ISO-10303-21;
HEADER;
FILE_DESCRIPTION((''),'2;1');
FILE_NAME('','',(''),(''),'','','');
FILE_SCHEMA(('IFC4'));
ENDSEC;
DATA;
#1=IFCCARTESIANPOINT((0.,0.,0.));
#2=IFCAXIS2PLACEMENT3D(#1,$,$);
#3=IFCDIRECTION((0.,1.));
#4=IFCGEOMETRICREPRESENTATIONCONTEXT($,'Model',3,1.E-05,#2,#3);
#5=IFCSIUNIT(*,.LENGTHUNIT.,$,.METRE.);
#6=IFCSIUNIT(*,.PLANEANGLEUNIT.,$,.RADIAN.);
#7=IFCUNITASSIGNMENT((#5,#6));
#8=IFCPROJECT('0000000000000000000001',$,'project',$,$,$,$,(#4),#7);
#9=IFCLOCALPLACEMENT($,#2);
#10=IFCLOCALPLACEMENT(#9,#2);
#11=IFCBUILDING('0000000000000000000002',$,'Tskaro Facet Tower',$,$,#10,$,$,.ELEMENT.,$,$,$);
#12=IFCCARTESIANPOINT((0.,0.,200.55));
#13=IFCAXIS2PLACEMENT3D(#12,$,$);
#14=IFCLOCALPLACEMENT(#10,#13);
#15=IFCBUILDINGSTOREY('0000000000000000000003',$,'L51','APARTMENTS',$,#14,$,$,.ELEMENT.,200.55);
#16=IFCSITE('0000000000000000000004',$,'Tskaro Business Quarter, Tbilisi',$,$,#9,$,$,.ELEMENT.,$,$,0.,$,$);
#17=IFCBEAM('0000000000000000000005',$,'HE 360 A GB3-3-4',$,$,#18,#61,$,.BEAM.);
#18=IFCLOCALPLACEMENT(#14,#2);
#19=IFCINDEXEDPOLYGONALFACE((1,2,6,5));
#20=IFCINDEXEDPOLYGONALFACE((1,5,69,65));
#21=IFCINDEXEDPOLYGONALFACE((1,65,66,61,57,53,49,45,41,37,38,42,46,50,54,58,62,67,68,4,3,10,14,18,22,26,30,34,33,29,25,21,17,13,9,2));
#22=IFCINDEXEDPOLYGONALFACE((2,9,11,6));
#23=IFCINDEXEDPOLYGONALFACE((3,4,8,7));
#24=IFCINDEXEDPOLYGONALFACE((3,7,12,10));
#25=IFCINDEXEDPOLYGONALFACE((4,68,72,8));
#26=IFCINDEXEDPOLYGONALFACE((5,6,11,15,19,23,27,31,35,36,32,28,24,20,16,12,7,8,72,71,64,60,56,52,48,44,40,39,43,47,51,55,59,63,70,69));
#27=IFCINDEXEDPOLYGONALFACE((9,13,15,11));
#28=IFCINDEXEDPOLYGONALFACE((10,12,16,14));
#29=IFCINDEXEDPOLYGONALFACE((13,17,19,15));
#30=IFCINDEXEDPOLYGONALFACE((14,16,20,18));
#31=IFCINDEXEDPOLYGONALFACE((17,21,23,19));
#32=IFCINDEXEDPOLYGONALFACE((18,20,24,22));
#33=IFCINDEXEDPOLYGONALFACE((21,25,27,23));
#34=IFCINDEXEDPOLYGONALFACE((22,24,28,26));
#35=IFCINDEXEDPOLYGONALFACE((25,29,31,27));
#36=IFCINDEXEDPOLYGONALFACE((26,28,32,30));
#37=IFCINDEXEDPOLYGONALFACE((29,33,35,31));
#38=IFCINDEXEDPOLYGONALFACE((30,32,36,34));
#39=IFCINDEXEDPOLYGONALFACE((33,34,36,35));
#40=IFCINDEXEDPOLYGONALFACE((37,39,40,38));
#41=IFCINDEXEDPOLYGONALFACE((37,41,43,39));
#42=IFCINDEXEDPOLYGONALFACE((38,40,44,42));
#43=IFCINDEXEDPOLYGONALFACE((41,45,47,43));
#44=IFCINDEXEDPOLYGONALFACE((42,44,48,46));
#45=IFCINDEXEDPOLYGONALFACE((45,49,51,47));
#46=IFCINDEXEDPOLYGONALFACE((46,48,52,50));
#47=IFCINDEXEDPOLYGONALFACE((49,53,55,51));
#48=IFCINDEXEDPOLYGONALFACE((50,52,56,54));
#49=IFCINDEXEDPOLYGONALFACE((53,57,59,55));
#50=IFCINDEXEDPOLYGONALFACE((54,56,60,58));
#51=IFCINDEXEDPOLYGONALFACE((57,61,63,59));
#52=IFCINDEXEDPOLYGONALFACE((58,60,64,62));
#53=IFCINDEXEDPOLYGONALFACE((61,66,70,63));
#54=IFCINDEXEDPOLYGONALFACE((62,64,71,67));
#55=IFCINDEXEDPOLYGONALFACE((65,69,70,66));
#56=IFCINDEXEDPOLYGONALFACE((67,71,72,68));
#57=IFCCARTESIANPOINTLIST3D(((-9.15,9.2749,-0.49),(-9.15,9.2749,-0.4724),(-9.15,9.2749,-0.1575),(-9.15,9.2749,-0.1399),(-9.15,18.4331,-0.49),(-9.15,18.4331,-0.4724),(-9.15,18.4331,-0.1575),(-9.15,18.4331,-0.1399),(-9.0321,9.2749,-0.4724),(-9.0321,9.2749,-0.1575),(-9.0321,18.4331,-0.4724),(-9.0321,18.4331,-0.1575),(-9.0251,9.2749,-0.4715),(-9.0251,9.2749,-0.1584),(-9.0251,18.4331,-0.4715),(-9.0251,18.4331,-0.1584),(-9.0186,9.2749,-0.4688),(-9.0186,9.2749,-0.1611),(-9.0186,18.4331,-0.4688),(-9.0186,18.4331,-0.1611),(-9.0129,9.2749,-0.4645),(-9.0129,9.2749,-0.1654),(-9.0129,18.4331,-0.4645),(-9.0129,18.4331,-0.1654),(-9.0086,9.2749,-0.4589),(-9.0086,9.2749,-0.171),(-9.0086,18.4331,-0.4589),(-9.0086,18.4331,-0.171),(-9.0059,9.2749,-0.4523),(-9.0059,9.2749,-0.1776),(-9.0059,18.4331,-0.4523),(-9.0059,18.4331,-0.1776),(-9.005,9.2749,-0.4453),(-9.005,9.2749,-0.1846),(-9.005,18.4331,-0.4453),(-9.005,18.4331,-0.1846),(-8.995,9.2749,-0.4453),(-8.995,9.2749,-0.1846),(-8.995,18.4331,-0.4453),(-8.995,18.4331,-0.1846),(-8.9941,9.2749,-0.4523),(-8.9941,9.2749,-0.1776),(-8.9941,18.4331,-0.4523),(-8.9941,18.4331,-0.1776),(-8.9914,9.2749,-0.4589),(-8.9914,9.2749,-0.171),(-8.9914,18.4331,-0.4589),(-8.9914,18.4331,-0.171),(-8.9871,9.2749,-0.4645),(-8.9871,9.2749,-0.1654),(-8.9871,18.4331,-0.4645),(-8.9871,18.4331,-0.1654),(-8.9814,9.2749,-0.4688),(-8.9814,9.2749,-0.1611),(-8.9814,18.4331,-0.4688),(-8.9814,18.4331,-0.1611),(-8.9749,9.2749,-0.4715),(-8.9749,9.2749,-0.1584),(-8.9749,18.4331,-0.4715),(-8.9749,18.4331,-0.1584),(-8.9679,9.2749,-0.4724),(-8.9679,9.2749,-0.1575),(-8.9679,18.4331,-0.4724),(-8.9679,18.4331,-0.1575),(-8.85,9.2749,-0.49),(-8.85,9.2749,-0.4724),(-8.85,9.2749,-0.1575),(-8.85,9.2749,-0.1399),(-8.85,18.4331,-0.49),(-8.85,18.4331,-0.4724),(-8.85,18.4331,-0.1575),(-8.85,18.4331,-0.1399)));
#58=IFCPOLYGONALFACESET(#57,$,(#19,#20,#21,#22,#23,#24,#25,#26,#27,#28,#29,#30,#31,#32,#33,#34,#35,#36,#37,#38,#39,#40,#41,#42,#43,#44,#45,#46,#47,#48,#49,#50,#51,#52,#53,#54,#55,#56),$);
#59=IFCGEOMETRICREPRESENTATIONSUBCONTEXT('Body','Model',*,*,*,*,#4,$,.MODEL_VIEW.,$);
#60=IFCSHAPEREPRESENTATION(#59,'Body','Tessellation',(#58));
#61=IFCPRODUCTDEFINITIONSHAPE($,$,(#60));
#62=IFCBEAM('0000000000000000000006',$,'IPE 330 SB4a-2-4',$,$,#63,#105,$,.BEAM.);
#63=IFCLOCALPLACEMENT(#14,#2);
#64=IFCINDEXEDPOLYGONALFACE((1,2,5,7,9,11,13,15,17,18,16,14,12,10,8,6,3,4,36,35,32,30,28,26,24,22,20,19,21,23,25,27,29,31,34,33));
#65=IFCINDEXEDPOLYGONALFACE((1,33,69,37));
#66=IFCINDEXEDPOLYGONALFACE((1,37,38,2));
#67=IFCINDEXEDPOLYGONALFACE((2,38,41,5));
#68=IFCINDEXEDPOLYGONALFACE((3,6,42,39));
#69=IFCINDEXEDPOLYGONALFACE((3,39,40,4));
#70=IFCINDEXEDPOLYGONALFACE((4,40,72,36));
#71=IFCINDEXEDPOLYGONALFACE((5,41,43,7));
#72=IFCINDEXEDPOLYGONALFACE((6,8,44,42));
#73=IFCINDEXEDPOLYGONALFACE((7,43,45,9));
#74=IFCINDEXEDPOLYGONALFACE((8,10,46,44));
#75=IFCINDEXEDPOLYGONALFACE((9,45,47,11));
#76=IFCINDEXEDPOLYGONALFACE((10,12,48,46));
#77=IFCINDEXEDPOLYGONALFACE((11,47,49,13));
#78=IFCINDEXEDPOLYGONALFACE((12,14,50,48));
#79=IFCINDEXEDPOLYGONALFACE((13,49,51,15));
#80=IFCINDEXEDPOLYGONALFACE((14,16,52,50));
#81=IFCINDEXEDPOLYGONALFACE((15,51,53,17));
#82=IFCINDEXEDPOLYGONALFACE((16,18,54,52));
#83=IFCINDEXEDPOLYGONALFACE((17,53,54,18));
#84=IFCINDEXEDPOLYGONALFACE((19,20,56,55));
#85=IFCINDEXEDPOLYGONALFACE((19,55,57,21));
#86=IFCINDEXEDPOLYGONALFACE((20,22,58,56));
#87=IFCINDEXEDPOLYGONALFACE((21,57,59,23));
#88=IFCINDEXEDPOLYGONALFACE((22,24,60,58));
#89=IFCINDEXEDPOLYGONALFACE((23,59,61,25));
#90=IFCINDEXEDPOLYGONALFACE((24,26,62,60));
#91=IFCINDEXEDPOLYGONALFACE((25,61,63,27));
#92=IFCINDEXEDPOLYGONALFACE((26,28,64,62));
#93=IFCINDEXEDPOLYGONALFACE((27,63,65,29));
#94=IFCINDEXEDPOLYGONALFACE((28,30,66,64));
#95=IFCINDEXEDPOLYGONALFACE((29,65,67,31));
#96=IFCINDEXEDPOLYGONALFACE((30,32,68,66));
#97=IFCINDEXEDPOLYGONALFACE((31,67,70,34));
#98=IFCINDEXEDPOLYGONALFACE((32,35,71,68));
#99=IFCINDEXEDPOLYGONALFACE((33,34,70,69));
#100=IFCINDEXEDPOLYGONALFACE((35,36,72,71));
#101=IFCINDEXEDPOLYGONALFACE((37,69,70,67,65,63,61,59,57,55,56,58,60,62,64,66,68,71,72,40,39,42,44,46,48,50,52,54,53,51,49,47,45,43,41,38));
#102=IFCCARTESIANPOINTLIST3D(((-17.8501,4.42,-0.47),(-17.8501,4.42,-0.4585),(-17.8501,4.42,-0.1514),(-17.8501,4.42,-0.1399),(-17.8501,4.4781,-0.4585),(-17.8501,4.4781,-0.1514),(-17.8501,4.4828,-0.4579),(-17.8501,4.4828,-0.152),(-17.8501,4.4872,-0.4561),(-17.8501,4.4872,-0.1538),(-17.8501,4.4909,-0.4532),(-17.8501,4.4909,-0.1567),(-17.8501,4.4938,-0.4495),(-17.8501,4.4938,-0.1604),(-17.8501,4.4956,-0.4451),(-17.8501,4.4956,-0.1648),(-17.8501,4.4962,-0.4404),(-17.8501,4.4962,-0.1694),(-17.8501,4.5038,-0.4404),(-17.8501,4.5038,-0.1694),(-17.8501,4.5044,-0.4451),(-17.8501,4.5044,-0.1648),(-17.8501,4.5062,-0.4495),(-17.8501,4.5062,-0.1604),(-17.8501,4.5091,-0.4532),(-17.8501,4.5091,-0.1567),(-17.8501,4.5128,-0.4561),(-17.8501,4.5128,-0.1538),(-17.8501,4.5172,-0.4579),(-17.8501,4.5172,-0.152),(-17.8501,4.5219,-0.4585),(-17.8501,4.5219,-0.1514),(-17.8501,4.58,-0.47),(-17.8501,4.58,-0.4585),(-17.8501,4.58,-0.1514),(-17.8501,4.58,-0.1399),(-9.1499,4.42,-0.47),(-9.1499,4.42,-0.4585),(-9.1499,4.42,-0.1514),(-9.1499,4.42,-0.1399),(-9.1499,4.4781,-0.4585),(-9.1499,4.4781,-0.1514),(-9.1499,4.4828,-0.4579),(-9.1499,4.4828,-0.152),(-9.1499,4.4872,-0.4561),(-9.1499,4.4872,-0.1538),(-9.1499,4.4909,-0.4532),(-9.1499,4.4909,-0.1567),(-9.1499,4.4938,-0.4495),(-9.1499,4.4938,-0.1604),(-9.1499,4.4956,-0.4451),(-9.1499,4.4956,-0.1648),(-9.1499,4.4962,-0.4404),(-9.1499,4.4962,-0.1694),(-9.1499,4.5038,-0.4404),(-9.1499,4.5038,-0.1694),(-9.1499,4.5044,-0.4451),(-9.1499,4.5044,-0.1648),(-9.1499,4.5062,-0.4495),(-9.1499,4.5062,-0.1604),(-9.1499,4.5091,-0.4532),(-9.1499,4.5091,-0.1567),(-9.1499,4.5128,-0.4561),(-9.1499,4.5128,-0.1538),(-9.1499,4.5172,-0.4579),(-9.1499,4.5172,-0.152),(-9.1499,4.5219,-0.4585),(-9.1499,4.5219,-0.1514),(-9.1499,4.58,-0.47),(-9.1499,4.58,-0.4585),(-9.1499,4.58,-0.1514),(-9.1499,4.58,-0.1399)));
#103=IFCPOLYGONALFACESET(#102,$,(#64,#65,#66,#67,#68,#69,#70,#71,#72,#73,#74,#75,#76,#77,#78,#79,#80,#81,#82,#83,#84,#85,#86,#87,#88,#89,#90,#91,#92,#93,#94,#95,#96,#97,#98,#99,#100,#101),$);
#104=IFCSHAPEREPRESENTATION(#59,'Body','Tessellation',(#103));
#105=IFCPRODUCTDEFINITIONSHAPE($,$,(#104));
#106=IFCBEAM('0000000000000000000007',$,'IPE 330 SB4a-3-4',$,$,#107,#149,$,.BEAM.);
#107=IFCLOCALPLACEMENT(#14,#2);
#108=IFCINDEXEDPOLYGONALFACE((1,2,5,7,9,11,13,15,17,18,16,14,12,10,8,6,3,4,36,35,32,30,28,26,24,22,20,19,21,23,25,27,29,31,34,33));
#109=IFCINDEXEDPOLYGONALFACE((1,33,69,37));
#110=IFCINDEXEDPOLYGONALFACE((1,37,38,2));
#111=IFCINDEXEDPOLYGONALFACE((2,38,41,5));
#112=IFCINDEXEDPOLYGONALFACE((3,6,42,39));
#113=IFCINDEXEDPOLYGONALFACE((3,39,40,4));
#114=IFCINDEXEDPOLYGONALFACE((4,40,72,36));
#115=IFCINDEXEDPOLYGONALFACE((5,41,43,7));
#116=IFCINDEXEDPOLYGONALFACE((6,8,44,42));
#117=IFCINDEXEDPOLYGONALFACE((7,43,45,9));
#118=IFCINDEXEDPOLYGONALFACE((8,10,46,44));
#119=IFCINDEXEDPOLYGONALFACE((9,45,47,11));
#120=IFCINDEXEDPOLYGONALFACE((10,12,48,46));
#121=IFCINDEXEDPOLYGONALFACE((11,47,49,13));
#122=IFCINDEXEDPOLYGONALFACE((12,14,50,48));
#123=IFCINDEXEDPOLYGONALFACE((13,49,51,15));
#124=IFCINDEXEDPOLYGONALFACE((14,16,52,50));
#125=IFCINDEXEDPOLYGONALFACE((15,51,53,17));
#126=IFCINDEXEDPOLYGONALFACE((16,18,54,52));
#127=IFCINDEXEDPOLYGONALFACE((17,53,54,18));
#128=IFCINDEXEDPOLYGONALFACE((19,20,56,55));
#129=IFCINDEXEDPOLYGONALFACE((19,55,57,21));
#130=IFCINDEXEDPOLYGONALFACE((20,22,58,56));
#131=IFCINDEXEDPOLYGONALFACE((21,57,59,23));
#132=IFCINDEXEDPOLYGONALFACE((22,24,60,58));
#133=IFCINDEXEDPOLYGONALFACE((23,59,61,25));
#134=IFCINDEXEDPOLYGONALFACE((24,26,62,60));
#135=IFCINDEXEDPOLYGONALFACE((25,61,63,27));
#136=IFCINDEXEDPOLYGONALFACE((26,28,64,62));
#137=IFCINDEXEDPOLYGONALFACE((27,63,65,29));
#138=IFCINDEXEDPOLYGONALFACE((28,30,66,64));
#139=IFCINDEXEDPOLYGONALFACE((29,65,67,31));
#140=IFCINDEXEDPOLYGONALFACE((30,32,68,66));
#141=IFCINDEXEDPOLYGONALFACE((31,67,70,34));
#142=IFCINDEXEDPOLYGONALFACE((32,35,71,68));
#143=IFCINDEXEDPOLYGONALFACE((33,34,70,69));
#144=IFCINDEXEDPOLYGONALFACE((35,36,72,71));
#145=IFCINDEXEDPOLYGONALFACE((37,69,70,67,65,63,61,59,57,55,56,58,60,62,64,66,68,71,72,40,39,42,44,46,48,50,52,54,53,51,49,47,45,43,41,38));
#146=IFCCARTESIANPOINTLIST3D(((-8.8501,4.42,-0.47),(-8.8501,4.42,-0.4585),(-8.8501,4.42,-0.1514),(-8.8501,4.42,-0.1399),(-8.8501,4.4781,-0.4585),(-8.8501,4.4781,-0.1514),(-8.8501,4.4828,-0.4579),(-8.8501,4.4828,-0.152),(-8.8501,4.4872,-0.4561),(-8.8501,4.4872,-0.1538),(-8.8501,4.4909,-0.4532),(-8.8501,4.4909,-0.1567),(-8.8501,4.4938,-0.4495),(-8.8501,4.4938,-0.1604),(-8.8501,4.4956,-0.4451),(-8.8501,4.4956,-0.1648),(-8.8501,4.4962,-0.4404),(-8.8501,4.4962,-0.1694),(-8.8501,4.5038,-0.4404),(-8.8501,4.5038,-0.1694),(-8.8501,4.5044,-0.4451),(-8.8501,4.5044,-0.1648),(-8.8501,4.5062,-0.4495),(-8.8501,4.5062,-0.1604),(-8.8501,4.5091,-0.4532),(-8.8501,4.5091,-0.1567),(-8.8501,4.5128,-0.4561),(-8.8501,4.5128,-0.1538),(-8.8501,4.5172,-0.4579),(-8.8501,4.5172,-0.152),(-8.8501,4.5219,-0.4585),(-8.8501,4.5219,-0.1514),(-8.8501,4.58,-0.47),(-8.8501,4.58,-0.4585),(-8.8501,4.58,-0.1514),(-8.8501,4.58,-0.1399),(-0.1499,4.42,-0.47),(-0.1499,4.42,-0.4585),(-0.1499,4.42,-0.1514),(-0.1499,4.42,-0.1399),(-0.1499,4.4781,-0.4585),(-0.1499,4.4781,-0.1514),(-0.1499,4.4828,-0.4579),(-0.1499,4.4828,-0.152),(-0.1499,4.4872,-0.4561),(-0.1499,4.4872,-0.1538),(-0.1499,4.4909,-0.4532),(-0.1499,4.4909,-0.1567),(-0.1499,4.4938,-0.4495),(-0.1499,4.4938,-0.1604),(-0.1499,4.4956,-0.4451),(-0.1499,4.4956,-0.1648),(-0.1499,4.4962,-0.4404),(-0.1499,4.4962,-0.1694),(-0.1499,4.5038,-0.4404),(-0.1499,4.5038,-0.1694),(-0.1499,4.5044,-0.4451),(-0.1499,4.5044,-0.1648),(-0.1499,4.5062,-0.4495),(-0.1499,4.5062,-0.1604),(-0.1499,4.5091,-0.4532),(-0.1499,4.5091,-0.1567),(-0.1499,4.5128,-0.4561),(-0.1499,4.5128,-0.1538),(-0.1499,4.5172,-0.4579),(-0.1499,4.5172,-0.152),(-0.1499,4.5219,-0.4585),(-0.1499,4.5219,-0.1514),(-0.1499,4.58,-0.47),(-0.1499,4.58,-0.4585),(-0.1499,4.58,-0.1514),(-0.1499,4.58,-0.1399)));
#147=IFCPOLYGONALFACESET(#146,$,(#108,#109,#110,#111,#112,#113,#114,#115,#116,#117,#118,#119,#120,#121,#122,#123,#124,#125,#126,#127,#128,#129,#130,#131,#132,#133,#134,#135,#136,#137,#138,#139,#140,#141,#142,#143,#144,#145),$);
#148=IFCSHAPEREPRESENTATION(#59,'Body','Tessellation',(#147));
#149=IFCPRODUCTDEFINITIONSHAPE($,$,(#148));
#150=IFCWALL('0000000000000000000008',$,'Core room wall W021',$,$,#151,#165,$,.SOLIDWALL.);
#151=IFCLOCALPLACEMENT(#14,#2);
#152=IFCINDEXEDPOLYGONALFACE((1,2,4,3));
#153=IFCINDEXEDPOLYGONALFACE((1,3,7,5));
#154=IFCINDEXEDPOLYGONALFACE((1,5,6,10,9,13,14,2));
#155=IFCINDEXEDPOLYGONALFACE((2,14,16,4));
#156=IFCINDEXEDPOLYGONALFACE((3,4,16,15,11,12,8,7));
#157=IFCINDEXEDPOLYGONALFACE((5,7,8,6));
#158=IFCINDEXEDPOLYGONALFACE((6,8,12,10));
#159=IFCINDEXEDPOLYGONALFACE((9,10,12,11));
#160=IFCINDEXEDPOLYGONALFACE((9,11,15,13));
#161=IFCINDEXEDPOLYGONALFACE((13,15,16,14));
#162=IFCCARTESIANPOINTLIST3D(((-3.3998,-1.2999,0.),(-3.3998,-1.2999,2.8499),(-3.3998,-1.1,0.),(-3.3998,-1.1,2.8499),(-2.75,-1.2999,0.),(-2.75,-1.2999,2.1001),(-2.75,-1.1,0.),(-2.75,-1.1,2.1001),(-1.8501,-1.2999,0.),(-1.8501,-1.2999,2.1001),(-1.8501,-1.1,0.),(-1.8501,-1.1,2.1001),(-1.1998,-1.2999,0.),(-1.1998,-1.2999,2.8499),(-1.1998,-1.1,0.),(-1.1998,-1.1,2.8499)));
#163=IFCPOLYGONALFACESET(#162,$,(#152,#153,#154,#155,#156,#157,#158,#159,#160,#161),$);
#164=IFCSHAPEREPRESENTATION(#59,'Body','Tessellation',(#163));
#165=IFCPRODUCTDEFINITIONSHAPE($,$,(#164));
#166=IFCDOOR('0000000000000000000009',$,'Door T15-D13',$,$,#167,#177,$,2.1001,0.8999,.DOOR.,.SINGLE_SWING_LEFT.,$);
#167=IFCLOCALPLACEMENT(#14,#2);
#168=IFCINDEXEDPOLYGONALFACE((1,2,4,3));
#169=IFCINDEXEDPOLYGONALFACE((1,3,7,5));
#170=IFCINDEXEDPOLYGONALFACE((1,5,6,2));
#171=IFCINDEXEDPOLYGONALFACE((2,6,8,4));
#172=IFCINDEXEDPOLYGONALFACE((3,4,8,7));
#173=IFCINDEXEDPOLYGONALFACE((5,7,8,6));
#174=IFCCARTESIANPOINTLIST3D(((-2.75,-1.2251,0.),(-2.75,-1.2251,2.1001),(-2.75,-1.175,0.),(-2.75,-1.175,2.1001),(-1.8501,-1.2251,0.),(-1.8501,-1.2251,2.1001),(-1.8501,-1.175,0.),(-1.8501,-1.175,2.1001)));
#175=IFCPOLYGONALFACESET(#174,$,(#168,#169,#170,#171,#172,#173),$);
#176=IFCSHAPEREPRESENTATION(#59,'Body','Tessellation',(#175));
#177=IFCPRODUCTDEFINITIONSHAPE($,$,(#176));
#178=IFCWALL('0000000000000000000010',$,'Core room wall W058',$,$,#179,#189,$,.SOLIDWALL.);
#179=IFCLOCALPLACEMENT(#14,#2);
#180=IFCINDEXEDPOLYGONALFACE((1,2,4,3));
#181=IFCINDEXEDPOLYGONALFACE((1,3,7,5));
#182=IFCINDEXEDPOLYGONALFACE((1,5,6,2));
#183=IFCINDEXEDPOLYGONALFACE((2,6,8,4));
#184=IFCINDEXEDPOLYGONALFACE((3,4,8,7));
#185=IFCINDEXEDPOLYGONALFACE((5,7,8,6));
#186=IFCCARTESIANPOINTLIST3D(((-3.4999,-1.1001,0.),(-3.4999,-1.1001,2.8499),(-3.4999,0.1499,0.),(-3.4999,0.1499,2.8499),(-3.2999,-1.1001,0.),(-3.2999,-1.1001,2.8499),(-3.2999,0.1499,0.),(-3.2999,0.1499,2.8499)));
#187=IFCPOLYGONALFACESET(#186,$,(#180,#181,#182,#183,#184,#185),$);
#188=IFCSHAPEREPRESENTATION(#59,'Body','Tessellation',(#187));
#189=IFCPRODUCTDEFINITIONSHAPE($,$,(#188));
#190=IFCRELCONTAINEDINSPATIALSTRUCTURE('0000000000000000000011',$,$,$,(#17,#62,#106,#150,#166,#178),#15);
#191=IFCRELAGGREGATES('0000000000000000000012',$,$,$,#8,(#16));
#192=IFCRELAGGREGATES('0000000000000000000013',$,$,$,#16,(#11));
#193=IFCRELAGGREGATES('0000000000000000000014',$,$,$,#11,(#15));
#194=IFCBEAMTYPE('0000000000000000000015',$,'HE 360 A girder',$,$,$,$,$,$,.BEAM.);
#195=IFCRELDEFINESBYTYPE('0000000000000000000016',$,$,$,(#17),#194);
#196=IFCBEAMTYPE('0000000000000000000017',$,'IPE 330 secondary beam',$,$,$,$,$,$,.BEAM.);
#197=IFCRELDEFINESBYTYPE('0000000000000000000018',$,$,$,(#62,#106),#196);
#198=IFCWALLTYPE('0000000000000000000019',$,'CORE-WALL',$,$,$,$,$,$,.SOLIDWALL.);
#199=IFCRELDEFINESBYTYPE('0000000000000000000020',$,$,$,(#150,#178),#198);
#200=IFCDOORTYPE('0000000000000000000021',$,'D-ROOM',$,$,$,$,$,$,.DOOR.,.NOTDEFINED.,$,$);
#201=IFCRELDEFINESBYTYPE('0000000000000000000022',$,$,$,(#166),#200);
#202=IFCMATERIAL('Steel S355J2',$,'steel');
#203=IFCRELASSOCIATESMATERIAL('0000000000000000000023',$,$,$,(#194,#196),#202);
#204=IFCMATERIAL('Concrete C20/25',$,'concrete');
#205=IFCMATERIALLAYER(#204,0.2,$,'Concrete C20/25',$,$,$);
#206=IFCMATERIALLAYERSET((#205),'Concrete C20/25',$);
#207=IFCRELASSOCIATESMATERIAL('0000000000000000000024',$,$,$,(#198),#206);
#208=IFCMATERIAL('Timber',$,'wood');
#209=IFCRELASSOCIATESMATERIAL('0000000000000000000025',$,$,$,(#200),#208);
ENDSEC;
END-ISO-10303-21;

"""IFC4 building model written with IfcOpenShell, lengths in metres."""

from ifc_helpers import new_model, si_unit, direction, frame, frame_2d, origin, origin_2d, place, context, subcontext, project, spatial, rectangle, i_section, extrude, material, layer, layer_set, material_profile, profile_set, type_object, element, fill, save


model = new_model("IFC4")

# Units and contexts
model_context = context("Model", 3, precision=1e-05, world=origin(), true_north=direction((0.0, 1.0)))
body_context = subcontext(model_context, "Body", "Model", "MODEL_VIEW")
ifc_project = project(units=[si_unit("LENGTHUNIT", "METRE"), si_unit("PLANEANGLEUNIT", "RADIAN")], contexts=[model_context])

# Site, building, storey
site_placement = place(None, origin())
site = spatial("IfcSite", under=ifc_project, at=site_placement, Name="Tskaro Business Quarter, Tbilisi", CompositionType="ELEMENT", RefElevation=0.0)
building_placement = place(site_placement, origin())
building = spatial("IfcBuilding", under=site, at=building_placement, Name="Tskaro Facet Tower", CompositionType="ELEMENT")
storey_placement = place(building_placement, frame((0.0, 0.0, 200.55)))
storey = spatial("IfcBuildingStorey", under=building, at=storey_placement, Name="L51", Description="APARTMENTS", CompositionType="ELEMENT", Elevation=200.55)

# Beams
ifc_material_1 = material(Name="Steel S355J2", Category="steel")
ifc_material_profile_1 = material_profile(ifc_material_1, i_section(OverallWidth=0.3, OverallDepth=0.3501, WebThickness=0.01, FlangeThickness=0.0176, FilletRadius=0.0271, at=origin_2d()), Name="HE 360 A")
ifc_profile_set_1 = profile_set([ifc_material_profile_1], Name="Steel S355J2")
beam_type_1 = type_object("IfcBeamType", Name="HE 360 A girder", PredefinedType="BEAM", material=ifc_profile_set_1)
beam_1_placement = place(storey_placement, frame((-9.0, 9.2749, -0.3149), z_axis=(0.0, 1.0, 0.0), x_axis=(-1.0, 0.0, 0.0)))
element("IfcBeam", 1, at=beam_1_placement, inside=storey, type_object=beam_type_1, Name="HE 360 A GB3-3-4", PredefinedType="BEAM", context=body_context, shape_type="SweptSolid", body=[
    extrude(i_section(OverallWidth=0.3, OverallDepth=0.3501, WebThickness=0.01, FlangeThickness=0.0176, FilletRadius=0.0271, at=origin_2d()), origin(), (0.0, 0.0, 1.0), 9.1582),
])
ifc_material_profile_2 = material_profile(ifc_material_1, i_section(OverallWidth=0.1599, OverallDepth=0.3301, WebThickness=0.0076, FlangeThickness=0.0115, FilletRadius=0.0181, at=origin_2d()), Name="IPE 330")
ifc_profile_set_2 = profile_set([ifc_material_profile_2], Name="Steel S355J2")
beam_type_2 = type_object("IfcBeamType", Name="IPE 330 secondary beam", PredefinedType="BEAM", material=ifc_profile_set_2)
for number, where, z_axis, x_axis, name in (
    (2, (-17.8501, 4.5, -0.3049), (1.0, 0.0, 0.0), (0.0, 1.0, 0.0), "IPE 330 SB4a-2-4"),
    (3, (-8.8501, 4.5, -0.3049), (1.0, 0.0, 0.0), (0.0, 1.0, 0.0), "IPE 330 SB4a-3-4"),
):
    element("IfcBeam", number, at=place(storey_placement, frame(where, z_axis=z_axis, x_axis=x_axis)), inside=storey, type_object=beam_type_2, Name=name, PredefinedType="BEAM", context=body_context, shape_type="SweptSolid", body=[
        extrude(i_section(OverallWidth=0.1599, OverallDepth=0.3301, WebThickness=0.0076, FlangeThickness=0.0115, FilletRadius=0.0181, at=origin_2d()), origin(), (0.0, 0.0, 1.0), 8.7002),
    ])

# Wall, opening, door
ifc_material_2 = material(Name="Concrete C20/25", Category="concrete")
ifc_layer_1 = layer(ifc_material_2, 0.2, Name="Concrete C20/25")
ifc_layer_set_1 = layer_set([ifc_layer_1], Name="Concrete C20/25")
wall_type_1 = type_object("IfcWallType", Name="CORE-WALL", PredefinedType="SOLIDWALL", material=ifc_layer_set_1)
wall_1_placement = place(storey_placement, frame((-3.3999, -1.2, 0.0), z_axis=(0.0, 0.0, 1.0), x_axis=(1.0, 0.0, 0.0)))
wall_1 = element("IfcWall", 4, at=wall_1_placement, inside=storey, type_object=wall_type_1, Name="Core room wall W021", PredefinedType="SOLIDWALL", context=body_context, shape_type="SweptSolid", body=[
    extrude(rectangle(XDim=2.2, YDim=0.2, at=frame_2d((1.1001, 0.0))), origin(), (0.0, 0.0, 1.0), 2.8499),
])
opening_1_placement = place(wall_1_placement, frame((0.6499, 0.0, 0.0)))
opening_1 = element("IfcOpeningElement", 5, at=opening_1_placement, cuts=wall_1, PredefinedType="OPENING", context=body_context, shape_type="SweptSolid", body=[
    extrude(rectangle(XDim=0.8999, YDim=2.1001, at=frame_2d((0.45, 1.05))), frame((0.0, 0.1099, 0.0), z_axis=(0.0, -1.0, 0.0), x_axis=(1.0, 0.0, 0.0)), (0.0, 0.0, 1.0), 0.22),
])
ifc_material_3 = material(Name="Timber", Category="wood")
door_type_1 = type_object("IfcDoorType", Name="D-ROOM", OperationType="NOTDEFINED", PredefinedType="DOOR", material=ifc_material_3)
door_1_placement = place(opening_1_placement, origin())
door_1 = element("IfcDoor", 6, at=door_1_placement, inside=storey, type_object=door_type_1, Name="Door T15-D13", OperationType="SINGLE_SWING_LEFT", OverallHeight=2.1001, OverallWidth=0.8999, PredefinedType="DOOR", context=body_context, shape_type="SweptSolid", body=[
    extrude(rectangle(XDim=0.8999, YDim=2.1001, at=frame_2d((0.45, 1.05))), frame((0.0, 0.0249, 0.0), z_axis=(0.0, -1.0, 0.0), x_axis=(1.0, 0.0, 0.0)), (0.0, 0.0, 1.0), 0.05),
])
fill(opening_1, door_1)

# Wall
wall_2_placement = place(storey_placement, frame((-3.3999, -1.1001, 0.0), z_axis=(0.0, 0.0, 1.0), x_axis=(0.0, 1.0, 0.0)))
element("IfcWall", 7, at=wall_2_placement, inside=storey, type_object=wall_type_1, Name="Core room wall W058", PredefinedType="SOLIDWALL", context=body_context, shape_type="SweptSolid", body=[
    extrude(rectangle(XDim=1.25, YDim=0.2, at=frame_2d((0.625, 0.0))), origin(), (0.0, 0.0, 1.0), 2.8499),
])

save(model, "model.ifc")
